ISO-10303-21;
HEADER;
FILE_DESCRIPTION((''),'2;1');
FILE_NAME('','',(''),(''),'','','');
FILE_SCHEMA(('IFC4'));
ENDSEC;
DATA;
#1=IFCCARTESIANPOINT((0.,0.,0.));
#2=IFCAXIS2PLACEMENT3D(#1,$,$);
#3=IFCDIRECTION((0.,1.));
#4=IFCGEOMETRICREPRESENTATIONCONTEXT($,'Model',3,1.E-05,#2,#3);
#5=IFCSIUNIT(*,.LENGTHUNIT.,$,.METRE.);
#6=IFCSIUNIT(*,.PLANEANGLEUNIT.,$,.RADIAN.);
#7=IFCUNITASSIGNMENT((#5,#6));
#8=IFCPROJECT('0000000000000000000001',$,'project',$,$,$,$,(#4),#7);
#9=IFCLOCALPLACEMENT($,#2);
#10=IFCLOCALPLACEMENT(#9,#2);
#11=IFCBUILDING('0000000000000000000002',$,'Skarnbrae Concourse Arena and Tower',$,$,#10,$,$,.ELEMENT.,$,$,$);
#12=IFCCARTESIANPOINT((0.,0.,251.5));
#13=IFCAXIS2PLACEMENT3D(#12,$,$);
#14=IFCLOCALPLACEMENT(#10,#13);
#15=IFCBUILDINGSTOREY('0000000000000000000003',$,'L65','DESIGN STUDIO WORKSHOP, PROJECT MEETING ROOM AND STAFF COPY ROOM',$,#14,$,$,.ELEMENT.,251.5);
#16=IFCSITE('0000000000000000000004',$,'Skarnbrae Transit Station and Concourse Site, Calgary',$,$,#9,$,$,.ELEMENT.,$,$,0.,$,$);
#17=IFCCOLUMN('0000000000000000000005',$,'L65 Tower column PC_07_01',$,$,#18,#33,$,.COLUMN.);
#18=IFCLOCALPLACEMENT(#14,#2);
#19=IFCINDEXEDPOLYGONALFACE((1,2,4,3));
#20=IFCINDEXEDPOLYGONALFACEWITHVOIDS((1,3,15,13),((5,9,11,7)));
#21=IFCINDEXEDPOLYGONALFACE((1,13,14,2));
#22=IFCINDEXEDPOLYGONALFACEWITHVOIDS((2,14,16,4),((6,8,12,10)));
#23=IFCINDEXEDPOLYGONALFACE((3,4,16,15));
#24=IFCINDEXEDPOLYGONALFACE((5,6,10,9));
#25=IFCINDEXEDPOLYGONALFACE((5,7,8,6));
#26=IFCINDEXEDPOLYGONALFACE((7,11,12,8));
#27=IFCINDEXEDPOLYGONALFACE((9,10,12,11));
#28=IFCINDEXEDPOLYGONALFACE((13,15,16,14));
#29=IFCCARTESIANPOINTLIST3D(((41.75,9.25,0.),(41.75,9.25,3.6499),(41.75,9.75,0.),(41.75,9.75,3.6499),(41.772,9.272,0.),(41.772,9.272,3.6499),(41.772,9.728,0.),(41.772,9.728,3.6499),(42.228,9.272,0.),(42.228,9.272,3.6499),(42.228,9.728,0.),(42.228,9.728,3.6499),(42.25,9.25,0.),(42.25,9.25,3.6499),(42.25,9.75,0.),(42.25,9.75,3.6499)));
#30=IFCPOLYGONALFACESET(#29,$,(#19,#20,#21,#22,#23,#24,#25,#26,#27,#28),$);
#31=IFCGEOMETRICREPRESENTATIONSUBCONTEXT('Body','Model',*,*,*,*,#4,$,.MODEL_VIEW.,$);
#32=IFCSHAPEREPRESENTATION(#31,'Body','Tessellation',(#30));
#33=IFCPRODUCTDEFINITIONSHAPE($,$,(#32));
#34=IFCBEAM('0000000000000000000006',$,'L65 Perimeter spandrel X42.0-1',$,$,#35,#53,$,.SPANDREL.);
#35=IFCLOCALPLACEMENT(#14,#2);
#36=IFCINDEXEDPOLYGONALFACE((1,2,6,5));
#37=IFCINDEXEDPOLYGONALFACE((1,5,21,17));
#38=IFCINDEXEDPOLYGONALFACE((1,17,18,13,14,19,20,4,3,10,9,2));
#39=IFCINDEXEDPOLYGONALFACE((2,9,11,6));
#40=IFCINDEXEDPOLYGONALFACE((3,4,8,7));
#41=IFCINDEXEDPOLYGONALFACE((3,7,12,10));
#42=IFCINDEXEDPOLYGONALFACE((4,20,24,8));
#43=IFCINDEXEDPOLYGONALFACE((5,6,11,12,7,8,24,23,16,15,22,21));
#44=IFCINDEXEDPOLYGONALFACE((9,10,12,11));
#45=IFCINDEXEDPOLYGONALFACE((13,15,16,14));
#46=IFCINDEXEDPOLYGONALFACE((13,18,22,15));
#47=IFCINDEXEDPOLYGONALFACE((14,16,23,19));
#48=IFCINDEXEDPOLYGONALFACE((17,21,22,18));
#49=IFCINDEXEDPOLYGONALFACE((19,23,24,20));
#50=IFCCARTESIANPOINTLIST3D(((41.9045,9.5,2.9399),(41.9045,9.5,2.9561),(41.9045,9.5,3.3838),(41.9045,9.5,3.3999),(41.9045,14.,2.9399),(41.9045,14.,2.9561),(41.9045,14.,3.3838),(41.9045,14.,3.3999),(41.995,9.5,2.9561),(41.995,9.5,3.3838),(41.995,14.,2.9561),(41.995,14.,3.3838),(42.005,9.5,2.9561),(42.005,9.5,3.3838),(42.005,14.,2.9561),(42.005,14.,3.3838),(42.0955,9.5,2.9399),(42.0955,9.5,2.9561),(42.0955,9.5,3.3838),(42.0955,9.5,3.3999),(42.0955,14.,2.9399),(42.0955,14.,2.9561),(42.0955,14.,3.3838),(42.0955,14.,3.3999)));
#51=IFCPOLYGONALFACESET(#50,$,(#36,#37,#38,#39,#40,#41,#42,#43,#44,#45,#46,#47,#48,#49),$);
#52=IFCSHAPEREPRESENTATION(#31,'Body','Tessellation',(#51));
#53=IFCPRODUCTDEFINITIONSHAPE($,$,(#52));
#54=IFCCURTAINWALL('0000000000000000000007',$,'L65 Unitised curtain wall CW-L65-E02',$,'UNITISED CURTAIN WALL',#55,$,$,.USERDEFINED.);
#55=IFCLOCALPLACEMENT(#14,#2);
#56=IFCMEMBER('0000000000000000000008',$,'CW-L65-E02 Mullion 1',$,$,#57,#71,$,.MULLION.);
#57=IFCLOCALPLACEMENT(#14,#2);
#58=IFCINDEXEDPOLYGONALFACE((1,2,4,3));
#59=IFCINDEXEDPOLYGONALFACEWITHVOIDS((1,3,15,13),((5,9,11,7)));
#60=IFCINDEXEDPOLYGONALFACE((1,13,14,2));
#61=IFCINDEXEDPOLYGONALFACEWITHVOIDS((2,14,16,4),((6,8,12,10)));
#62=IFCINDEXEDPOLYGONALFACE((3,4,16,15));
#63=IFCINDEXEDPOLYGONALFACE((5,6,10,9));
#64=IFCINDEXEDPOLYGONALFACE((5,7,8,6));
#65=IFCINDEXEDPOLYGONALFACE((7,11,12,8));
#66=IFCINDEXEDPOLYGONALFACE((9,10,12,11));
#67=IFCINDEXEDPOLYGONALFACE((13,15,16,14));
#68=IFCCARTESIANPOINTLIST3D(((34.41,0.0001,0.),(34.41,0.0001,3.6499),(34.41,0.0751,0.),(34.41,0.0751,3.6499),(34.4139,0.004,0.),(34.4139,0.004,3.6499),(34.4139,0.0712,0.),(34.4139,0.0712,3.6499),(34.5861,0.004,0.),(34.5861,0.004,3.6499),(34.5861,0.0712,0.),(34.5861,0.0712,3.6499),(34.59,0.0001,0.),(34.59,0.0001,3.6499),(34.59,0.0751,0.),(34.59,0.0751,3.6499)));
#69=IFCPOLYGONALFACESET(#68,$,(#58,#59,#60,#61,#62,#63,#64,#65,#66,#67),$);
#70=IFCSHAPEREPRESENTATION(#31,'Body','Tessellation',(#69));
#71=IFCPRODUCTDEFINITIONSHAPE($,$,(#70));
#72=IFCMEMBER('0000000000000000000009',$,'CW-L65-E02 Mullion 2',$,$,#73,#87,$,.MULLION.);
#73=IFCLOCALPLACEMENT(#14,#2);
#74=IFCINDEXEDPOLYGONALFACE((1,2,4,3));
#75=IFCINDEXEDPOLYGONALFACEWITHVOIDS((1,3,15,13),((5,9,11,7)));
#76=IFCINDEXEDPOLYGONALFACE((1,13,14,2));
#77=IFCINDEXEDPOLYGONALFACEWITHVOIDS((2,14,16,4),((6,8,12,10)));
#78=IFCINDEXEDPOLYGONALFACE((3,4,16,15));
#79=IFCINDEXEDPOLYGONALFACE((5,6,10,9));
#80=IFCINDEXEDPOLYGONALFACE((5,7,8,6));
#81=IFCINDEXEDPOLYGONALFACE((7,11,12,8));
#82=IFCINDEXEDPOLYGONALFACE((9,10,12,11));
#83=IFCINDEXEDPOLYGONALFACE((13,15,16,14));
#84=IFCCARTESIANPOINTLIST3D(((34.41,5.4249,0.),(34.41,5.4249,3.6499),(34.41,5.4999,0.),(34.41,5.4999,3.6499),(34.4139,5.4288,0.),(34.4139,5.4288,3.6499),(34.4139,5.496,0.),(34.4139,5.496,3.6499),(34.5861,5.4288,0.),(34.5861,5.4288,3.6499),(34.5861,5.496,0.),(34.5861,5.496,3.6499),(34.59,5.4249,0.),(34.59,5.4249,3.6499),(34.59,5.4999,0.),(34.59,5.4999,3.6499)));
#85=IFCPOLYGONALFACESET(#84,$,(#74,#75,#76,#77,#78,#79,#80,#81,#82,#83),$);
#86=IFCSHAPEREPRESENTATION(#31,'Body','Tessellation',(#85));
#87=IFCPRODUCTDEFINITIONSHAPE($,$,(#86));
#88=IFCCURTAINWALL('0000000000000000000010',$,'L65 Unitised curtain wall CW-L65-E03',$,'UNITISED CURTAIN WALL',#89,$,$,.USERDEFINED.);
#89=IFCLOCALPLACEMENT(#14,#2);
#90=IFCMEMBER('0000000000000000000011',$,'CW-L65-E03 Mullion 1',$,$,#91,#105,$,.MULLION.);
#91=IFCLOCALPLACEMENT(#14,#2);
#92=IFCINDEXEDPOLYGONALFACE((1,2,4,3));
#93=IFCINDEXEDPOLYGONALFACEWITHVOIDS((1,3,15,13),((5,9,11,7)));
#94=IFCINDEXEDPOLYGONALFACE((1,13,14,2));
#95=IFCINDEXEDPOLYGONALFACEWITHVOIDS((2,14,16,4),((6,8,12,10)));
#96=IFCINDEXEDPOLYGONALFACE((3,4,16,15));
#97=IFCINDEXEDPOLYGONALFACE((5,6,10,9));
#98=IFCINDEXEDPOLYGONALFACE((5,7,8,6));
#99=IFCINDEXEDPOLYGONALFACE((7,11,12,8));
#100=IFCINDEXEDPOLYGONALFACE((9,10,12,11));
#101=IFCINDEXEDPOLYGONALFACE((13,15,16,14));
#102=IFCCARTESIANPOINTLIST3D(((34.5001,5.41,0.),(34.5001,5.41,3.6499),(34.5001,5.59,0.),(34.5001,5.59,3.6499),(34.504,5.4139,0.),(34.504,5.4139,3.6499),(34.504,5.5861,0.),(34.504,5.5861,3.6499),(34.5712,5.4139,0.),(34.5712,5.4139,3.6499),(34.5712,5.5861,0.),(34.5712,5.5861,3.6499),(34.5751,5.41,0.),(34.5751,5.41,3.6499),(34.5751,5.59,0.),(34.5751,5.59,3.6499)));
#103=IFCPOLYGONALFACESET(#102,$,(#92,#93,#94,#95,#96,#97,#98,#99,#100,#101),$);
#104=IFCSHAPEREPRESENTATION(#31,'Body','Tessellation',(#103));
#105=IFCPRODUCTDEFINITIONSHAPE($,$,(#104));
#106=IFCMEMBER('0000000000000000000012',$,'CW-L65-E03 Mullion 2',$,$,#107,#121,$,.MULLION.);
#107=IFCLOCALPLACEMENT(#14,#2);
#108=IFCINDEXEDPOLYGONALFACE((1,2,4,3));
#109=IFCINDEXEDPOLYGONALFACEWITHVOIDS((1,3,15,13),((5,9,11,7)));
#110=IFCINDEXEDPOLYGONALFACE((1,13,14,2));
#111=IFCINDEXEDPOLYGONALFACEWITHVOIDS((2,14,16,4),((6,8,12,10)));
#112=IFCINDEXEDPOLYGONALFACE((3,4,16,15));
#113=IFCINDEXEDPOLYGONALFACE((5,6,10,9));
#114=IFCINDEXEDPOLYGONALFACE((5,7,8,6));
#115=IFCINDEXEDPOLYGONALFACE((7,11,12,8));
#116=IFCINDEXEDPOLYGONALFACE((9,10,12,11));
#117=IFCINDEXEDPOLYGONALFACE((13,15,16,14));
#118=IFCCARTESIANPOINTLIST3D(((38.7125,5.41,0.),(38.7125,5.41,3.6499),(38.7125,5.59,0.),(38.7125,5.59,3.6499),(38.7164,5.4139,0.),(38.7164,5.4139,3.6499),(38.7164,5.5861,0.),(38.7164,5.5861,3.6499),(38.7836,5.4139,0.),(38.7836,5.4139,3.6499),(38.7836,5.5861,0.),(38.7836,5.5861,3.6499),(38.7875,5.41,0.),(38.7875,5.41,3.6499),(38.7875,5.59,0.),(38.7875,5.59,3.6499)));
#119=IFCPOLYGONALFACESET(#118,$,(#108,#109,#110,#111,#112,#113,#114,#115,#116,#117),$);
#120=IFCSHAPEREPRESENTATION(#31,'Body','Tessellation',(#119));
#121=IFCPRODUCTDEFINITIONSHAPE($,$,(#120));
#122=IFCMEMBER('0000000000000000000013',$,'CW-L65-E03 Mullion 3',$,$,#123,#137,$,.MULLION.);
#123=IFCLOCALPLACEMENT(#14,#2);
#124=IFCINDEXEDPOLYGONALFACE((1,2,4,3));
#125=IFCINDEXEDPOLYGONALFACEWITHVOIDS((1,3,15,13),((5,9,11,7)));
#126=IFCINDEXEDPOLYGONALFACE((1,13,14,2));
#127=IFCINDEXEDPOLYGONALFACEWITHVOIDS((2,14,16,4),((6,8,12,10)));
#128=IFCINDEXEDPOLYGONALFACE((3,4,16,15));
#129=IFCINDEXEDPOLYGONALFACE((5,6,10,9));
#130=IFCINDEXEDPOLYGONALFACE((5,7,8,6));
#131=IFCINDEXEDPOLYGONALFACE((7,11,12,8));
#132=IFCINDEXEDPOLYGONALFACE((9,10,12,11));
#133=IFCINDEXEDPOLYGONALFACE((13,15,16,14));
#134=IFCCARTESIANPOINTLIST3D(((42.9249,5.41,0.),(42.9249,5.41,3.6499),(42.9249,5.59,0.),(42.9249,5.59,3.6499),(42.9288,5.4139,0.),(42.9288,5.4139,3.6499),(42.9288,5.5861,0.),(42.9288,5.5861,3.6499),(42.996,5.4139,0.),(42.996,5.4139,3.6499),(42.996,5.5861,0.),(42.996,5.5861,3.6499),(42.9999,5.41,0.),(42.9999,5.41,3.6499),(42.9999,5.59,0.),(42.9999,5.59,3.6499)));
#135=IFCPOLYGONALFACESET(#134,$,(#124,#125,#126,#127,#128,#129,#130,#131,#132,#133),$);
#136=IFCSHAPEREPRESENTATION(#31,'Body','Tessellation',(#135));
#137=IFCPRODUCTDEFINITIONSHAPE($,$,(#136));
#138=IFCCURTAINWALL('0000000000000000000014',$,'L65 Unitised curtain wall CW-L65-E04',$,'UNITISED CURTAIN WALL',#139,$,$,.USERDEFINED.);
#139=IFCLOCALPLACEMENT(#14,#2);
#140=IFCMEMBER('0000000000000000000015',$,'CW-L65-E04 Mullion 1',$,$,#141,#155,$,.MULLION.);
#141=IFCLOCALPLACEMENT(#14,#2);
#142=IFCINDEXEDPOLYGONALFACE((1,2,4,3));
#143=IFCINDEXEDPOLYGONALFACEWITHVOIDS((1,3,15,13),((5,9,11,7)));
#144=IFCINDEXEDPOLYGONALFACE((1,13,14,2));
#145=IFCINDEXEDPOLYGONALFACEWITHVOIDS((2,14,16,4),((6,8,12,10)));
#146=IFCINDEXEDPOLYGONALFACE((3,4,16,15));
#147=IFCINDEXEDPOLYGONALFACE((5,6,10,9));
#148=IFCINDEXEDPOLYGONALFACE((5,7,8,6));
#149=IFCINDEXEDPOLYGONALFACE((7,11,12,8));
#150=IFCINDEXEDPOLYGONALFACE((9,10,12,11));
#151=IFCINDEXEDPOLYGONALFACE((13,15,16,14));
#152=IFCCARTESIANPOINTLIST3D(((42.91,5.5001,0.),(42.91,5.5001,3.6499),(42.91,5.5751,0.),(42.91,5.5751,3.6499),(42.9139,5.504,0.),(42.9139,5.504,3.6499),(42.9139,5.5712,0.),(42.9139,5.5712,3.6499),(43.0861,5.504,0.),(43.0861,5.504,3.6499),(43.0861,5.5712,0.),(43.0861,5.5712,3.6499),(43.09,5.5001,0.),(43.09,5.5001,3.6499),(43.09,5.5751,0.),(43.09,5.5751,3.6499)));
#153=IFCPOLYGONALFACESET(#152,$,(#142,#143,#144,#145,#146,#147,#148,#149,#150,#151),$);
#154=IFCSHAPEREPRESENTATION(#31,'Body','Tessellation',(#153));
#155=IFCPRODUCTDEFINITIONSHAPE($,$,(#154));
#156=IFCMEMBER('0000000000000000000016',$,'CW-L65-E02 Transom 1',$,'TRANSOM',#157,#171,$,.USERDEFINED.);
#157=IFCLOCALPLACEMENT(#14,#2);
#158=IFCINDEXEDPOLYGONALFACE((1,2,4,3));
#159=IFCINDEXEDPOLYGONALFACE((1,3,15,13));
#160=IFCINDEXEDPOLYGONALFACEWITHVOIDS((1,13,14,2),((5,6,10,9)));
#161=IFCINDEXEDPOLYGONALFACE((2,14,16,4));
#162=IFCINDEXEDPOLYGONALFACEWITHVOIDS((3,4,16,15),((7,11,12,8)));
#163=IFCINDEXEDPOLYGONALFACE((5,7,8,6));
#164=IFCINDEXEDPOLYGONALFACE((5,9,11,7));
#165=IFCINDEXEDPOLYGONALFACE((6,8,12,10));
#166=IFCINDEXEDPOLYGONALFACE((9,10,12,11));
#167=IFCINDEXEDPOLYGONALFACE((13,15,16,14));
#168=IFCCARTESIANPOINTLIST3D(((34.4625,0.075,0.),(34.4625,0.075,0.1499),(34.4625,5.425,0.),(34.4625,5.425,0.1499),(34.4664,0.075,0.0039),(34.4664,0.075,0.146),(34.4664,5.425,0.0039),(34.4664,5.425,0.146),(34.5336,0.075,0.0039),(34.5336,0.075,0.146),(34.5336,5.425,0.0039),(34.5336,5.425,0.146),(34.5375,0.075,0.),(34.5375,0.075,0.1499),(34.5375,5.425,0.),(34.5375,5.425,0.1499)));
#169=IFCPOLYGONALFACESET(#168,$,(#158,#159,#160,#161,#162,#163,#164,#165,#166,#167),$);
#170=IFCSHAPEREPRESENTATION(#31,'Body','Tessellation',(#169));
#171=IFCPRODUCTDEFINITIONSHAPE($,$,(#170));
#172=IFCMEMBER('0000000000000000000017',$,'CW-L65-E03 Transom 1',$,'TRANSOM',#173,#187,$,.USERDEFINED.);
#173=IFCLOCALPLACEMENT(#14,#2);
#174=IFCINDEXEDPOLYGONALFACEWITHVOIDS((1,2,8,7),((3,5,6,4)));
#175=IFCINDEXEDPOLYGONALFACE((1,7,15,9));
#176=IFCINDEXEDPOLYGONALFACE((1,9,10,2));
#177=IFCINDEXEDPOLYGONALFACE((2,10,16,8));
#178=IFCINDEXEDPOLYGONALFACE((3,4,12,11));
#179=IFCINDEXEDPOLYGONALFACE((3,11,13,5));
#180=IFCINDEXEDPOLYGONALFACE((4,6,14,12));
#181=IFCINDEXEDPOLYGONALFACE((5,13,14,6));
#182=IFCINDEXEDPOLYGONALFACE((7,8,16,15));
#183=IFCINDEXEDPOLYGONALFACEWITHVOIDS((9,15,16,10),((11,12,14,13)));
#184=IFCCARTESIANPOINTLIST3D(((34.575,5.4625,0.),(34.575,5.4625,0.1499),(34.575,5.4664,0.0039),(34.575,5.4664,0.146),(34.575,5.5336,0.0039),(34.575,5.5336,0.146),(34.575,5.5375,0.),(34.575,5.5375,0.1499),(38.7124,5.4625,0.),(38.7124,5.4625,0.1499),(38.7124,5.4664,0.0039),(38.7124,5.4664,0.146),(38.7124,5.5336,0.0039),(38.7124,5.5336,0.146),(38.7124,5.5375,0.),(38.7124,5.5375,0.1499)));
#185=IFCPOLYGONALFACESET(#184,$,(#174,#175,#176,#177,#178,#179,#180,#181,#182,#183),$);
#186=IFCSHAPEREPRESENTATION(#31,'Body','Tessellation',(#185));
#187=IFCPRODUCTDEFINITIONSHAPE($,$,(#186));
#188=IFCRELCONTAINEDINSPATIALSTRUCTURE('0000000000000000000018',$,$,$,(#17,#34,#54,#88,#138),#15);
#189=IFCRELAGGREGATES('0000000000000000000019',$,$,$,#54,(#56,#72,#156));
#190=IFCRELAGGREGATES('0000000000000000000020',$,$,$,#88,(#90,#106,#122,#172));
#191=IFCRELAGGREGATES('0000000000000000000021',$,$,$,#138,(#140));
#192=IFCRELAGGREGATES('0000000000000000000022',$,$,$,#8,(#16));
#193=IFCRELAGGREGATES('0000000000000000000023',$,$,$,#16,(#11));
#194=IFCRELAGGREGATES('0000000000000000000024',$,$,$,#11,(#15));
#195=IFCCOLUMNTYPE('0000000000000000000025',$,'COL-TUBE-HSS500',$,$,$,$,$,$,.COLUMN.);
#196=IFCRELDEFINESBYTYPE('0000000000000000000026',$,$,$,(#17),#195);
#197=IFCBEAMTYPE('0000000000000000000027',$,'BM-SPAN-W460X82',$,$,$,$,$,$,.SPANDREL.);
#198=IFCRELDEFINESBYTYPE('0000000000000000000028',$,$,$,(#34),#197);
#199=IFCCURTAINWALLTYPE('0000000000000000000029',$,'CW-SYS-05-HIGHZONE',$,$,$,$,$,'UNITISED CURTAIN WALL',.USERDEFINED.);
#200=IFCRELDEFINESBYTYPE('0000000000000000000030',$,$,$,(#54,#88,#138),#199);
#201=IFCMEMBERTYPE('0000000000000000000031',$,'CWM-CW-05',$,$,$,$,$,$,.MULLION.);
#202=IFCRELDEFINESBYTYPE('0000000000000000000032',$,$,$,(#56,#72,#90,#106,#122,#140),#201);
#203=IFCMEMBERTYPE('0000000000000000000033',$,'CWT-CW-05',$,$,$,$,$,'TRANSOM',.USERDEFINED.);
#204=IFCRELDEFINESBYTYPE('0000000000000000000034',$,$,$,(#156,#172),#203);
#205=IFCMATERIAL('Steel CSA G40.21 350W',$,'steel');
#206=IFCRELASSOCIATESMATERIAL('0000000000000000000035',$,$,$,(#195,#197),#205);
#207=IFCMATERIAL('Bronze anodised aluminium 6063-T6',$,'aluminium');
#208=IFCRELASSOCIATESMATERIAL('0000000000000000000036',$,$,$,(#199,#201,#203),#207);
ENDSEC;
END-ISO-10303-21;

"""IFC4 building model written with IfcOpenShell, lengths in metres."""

from ifc_helpers import new_model, si_unit, direction, frame, origin, origin_2d, place, context, subcontext, project, spatial, hollow_rectangle, i_section, extrude, source, transform, mapped, material, material_profile, profile_set, type_object, element, aggregate, save


model = new_model("IFC4")

# Units and contexts
model_context = context("Model", 3, precision=1e-05, world=origin(), true_north=direction((0.0, 1.0)))
body_context = subcontext(model_context, "Body", "Model", "MODEL_VIEW")
ifc_project = project(units=[si_unit("LENGTHUNIT", "METRE"), si_unit("PLANEANGLEUNIT", "RADIAN")], contexts=[model_context])

# Site, building, storey
site_placement = place(None, origin())
site = spatial("IfcSite", under=ifc_project, at=site_placement, Name="Skarnbrae Transit Station and Concourse Site, Calgary", CompositionType="ELEMENT", RefElevation=0.0)
building_placement = place(site_placement, origin())
building = spatial("IfcBuilding", under=site, at=building_placement, Name="Skarnbrae Concourse Arena and Tower", CompositionType="ELEMENT")
storey_placement = place(building_placement, frame((0.0, 0.0, 251.5)))
storey = spatial("IfcBuildingStorey", under=building, at=storey_placement, Name="L65", Description="DESIGN STUDIO WORKSHOP, PROJECT MEETING ROOM AND STAFF COPY ROOM", CompositionType="ELEMENT", Elevation=251.5)

# Column
ifc_material_1 = material(Name="Steel CSA G40.21 350W", Category="steel")
ifc_material_profile_1 = material_profile(ifc_material_1, hollow_rectangle(XDim=0.5, YDim=0.5, WallThickness=0.022, at=origin_2d()), Name="HSS500X500X22.0")
ifc_profile_set_1 = profile_set([ifc_material_profile_1], Name="Steel CSA G40.21 350W")
column_type = type_object("IfcColumnType", Name="COL-TUBE-HSS500", PredefinedType="COLUMN", material=ifc_profile_set_1)
shared_shape_1 = source(origin(), body_context, "Body", "SweptSolid", [
    extrude(hollow_rectangle(XDim=0.5, YDim=0.5, WallThickness=0.022, at=origin_2d()), origin(), (0.0, 0.0, 1.0), 3.6499),
])
column_placement = place(storey_placement, frame((42.0, 9.5, 0.0), z_axis=(0.0, 0.0, 1.0), x_axis=(1.0, 0.0, 0.0)))
element("IfcColumn", 1, at=column_placement, inside=storey, type_object=column_type, Name="L65 Tower column PC_07_01", PredefinedType="COLUMN", context=body_context, shape_type="MappedRepresentation", body=[
    mapped(shared_shape_1, transform((0.0, 0.0, 0.0))),
])

# Beam
ifc_material_profile_2 = material_profile(ifc_material_1, i_section(OverallWidth=0.1909, OverallDepth=0.46, WebThickness=0.01, FlangeThickness=0.0161, at=origin_2d()), Name="W460X82")
ifc_profile_set_2 = profile_set([ifc_material_profile_2], Name="Steel CSA G40.21 350W")
beam_type = type_object("IfcBeamType", Name="BM-SPAN-W460X82", PredefinedType="SPANDREL", material=ifc_profile_set_2)
shared_shape_2 = source(origin(), body_context, "Body", "SweptSolid", [
    extrude(i_section(OverallWidth=0.1909, OverallDepth=0.46, WebThickness=0.01, FlangeThickness=0.0161, at=origin_2d()), origin(), (0.0, 0.0, 1.0), 4.5),
])
beam_placement = place(storey_placement, frame((42.0, 9.5, 3.1699), z_axis=(0.0, 1.0, 0.0), x_axis=(-1.0, 0.0, 0.0)))
element("IfcBeam", 2, at=beam_placement, inside=storey, type_object=beam_type, Name="L65 Perimeter spandrel X42.0-1", PredefinedType="SPANDREL", context=body_context, shape_type="MappedRepresentation", body=[
    mapped(shared_shape_2, transform((0.0, 0.0, 0.0))),
])

# Curtain walls, members
ifc_material_2 = material(Name="Bronze anodised aluminium 6063-T6", Category="aluminium")
curtain_wall_type = type_object("IfcCurtainWallType", Name="CW-SYS-05-HIGHZONE", ElementType="UNITISED CURTAIN WALL", PredefinedType="USERDEFINED", material=ifc_material_2)
curtain_wall_1_placement = place(storey_placement, origin())
curtain_wall_1 = element("IfcCurtainWall", 3, at=curtain_wall_1_placement, inside=storey, type_object=curtain_wall_type, Name="L65 Unitised curtain wall CW-L65-E02", ObjectType="UNITISED CURTAIN WALL", PredefinedType="USERDEFINED")
ifc_material_profile_3 = material_profile(ifc_material_2, hollow_rectangle(XDim=0.075, YDim=0.1799, WallThickness=0.0039, at=origin_2d()), Name="ALU-MULL-75X180")
ifc_profile_set_3 = profile_set([ifc_material_profile_3], Name="Bronze anodised aluminium 6063-T6")
member_type_1 = type_object("IfcMemberType", Name="CWM-CW-05", PredefinedType="MULLION", material=ifc_profile_set_3)
shared_shape_3 = source(origin(), body_context, "Body", "SweptSolid", [
    extrude(hollow_rectangle(XDim=0.075, YDim=0.1799, WallThickness=0.0039, at=origin_2d()), origin(), (0.0, 0.0, 1.0), 3.6499),
])
member_1_placement = place(storey_placement, frame((34.5, 0.0376, 0.0), z_axis=(0.0, 0.0, 1.0), x_axis=(0.0, 1.0, 0.0)))
member_1 = element("IfcMember", 4, at=member_1_placement, type_object=member_type_1, Name="CW-L65-E02 Mullion 1", PredefinedType="MULLION", context=body_context, shape_type="MappedRepresentation", body=[
    mapped(shared_shape_3, transform((0.0, 0.0, 0.0))),
])
member_2_placement = place(storey_placement, frame((34.5, 5.4624, 0.0), z_axis=(0.0, 0.0, 1.0), x_axis=(0.0, 1.0, 0.0)))
member_2 = element("IfcMember", 5, at=member_2_placement, type_object=member_type_1, Name="CW-L65-E02 Mullion 2", PredefinedType="MULLION", context=body_context, shape_type="MappedRepresentation", body=[
    mapped(shared_shape_3, transform((0.0, 0.0, 0.0))),
])
curtain_wall_2_placement = place(storey_placement, origin())
curtain_wall_2 = element("IfcCurtainWall", 6, at=curtain_wall_2_placement, inside=storey, type_object=curtain_wall_type, Name="L65 Unitised curtain wall CW-L65-E03", ObjectType="UNITISED CURTAIN WALL", PredefinedType="USERDEFINED")
member_3_placement = place(storey_placement, frame((34.5376, 5.5, 0.0), z_axis=(0.0, 0.0, 1.0), x_axis=(1.0, 0.0, 0.0)))
member_3 = element("IfcMember", 7, at=member_3_placement, type_object=member_type_1, Name="CW-L65-E03 Mullion 1", PredefinedType="MULLION", context=body_context, shape_type="MappedRepresentation", body=[
    mapped(shared_shape_3, transform((0.0, 0.0, 0.0))),
])
member_4_placement = place(storey_placement, frame((38.75, 5.5, 0.0), z_axis=(0.0, 0.0, 1.0), x_axis=(1.0, 0.0, 0.0)))
member_4 = element("IfcMember", 8, at=member_4_placement, type_object=member_type_1, Name="CW-L65-E03 Mullion 2", PredefinedType="MULLION", context=body_context, shape_type="MappedRepresentation", body=[
    mapped(shared_shape_3, transform((0.0, 0.0, 0.0))),
])
member_5_placement = place(storey_placement, frame((42.9624, 5.5, 0.0), z_axis=(0.0, 0.0, 1.0), x_axis=(1.0, 0.0, 0.0)))
member_5 = element("IfcMember", 9, at=member_5_placement, type_object=member_type_1, Name="CW-L65-E03 Mullion 3", PredefinedType="MULLION", context=body_context, shape_type="MappedRepresentation", body=[
    mapped(shared_shape_3, transform((0.0, 0.0, 0.0))),
])

# Curtain wall, member
curtain_wall_3_placement = place(storey_placement, origin())
curtain_wall_3 = element("IfcCurtainWall", 10, at=curtain_wall_3_placement, inside=storey, type_object=curtain_wall_type, Name="L65 Unitised curtain wall CW-L65-E04", ObjectType="UNITISED CURTAIN WALL", PredefinedType="USERDEFINED")
member_6_placement = place(storey_placement, frame((43.0, 5.5376, 0.0), z_axis=(0.0, 0.0, 1.0), x_axis=(0.0, 1.0, 0.0)))
member_6 = element("IfcMember", 11, at=member_6_placement, type_object=member_type_1, Name="CW-L65-E04 Mullion 1", PredefinedType="MULLION", context=body_context, shape_type="MappedRepresentation", body=[
    mapped(shared_shape_3, transform((0.0, 0.0, 0.0))),
])

# Members
ifc_material_profile_4 = material_profile(ifc_material_2, hollow_rectangle(XDim=0.075, YDim=0.1499, WallThickness=0.0039, at=origin_2d()), Name="ALU-TRAN-75X150")
ifc_profile_set_4 = profile_set([ifc_material_profile_4], Name="Bronze anodised aluminium 6063-T6")
member_type_2 = type_object("IfcMemberType", Name="CWT-CW-05", ElementType="TRANSOM", PredefinedType="USERDEFINED", material=ifc_profile_set_4)
shared_shape_4 = source(origin(), body_context, "Body", "SweptSolid", [
    extrude(hollow_rectangle(XDim=0.075, YDim=0.1499, WallThickness=0.0039, at=origin_2d()), origin(), (0.0, 0.0, 1.0), 5.3501),
])
member_7_placement = place(storey_placement, frame((34.5, 0.075, 0.075), z_axis=(0.0, 1.0, 0.0), x_axis=(-1.0, 0.0, 0.0)))
member_7 = element("IfcMember", 12, at=member_7_placement, type_object=member_type_2, Name="CW-L65-E02 Transom 1", ObjectType="TRANSOM", PredefinedType="USERDEFINED", context=body_context, shape_type="MappedRepresentation", body=[
    mapped(shared_shape_4, transform((0.0, 0.0, 0.0))),
])
shared_shape_5 = source(origin(), body_context, "Body", "SweptSolid", [
    extrude(hollow_rectangle(XDim=0.075, YDim=0.1499, WallThickness=0.0039, at=origin_2d()), origin(), (0.0, 0.0, 1.0), 4.1375),
])
member_8_placement = place(storey_placement, frame((34.575, 5.5, 0.075), z_axis=(1.0, 0.0, 0.0), x_axis=(0.0, 1.0, 0.0)))
member_8 = element("IfcMember", 13, at=member_8_placement, type_object=member_type_2, Name="CW-L65-E03 Transom 1", ObjectType="TRANSOM", PredefinedType="USERDEFINED", context=body_context, shape_type="MappedRepresentation", body=[
    mapped(shared_shape_5, transform((0.0, 0.0, 0.0))),
])

aggregate(curtain_wall_1, [member_1, member_2, member_7])
aggregate(curtain_wall_2, [member_3, member_4, member_5, member_8])
aggregate(curtain_wall_3, [member_6])

save(model, "model.ifc")
